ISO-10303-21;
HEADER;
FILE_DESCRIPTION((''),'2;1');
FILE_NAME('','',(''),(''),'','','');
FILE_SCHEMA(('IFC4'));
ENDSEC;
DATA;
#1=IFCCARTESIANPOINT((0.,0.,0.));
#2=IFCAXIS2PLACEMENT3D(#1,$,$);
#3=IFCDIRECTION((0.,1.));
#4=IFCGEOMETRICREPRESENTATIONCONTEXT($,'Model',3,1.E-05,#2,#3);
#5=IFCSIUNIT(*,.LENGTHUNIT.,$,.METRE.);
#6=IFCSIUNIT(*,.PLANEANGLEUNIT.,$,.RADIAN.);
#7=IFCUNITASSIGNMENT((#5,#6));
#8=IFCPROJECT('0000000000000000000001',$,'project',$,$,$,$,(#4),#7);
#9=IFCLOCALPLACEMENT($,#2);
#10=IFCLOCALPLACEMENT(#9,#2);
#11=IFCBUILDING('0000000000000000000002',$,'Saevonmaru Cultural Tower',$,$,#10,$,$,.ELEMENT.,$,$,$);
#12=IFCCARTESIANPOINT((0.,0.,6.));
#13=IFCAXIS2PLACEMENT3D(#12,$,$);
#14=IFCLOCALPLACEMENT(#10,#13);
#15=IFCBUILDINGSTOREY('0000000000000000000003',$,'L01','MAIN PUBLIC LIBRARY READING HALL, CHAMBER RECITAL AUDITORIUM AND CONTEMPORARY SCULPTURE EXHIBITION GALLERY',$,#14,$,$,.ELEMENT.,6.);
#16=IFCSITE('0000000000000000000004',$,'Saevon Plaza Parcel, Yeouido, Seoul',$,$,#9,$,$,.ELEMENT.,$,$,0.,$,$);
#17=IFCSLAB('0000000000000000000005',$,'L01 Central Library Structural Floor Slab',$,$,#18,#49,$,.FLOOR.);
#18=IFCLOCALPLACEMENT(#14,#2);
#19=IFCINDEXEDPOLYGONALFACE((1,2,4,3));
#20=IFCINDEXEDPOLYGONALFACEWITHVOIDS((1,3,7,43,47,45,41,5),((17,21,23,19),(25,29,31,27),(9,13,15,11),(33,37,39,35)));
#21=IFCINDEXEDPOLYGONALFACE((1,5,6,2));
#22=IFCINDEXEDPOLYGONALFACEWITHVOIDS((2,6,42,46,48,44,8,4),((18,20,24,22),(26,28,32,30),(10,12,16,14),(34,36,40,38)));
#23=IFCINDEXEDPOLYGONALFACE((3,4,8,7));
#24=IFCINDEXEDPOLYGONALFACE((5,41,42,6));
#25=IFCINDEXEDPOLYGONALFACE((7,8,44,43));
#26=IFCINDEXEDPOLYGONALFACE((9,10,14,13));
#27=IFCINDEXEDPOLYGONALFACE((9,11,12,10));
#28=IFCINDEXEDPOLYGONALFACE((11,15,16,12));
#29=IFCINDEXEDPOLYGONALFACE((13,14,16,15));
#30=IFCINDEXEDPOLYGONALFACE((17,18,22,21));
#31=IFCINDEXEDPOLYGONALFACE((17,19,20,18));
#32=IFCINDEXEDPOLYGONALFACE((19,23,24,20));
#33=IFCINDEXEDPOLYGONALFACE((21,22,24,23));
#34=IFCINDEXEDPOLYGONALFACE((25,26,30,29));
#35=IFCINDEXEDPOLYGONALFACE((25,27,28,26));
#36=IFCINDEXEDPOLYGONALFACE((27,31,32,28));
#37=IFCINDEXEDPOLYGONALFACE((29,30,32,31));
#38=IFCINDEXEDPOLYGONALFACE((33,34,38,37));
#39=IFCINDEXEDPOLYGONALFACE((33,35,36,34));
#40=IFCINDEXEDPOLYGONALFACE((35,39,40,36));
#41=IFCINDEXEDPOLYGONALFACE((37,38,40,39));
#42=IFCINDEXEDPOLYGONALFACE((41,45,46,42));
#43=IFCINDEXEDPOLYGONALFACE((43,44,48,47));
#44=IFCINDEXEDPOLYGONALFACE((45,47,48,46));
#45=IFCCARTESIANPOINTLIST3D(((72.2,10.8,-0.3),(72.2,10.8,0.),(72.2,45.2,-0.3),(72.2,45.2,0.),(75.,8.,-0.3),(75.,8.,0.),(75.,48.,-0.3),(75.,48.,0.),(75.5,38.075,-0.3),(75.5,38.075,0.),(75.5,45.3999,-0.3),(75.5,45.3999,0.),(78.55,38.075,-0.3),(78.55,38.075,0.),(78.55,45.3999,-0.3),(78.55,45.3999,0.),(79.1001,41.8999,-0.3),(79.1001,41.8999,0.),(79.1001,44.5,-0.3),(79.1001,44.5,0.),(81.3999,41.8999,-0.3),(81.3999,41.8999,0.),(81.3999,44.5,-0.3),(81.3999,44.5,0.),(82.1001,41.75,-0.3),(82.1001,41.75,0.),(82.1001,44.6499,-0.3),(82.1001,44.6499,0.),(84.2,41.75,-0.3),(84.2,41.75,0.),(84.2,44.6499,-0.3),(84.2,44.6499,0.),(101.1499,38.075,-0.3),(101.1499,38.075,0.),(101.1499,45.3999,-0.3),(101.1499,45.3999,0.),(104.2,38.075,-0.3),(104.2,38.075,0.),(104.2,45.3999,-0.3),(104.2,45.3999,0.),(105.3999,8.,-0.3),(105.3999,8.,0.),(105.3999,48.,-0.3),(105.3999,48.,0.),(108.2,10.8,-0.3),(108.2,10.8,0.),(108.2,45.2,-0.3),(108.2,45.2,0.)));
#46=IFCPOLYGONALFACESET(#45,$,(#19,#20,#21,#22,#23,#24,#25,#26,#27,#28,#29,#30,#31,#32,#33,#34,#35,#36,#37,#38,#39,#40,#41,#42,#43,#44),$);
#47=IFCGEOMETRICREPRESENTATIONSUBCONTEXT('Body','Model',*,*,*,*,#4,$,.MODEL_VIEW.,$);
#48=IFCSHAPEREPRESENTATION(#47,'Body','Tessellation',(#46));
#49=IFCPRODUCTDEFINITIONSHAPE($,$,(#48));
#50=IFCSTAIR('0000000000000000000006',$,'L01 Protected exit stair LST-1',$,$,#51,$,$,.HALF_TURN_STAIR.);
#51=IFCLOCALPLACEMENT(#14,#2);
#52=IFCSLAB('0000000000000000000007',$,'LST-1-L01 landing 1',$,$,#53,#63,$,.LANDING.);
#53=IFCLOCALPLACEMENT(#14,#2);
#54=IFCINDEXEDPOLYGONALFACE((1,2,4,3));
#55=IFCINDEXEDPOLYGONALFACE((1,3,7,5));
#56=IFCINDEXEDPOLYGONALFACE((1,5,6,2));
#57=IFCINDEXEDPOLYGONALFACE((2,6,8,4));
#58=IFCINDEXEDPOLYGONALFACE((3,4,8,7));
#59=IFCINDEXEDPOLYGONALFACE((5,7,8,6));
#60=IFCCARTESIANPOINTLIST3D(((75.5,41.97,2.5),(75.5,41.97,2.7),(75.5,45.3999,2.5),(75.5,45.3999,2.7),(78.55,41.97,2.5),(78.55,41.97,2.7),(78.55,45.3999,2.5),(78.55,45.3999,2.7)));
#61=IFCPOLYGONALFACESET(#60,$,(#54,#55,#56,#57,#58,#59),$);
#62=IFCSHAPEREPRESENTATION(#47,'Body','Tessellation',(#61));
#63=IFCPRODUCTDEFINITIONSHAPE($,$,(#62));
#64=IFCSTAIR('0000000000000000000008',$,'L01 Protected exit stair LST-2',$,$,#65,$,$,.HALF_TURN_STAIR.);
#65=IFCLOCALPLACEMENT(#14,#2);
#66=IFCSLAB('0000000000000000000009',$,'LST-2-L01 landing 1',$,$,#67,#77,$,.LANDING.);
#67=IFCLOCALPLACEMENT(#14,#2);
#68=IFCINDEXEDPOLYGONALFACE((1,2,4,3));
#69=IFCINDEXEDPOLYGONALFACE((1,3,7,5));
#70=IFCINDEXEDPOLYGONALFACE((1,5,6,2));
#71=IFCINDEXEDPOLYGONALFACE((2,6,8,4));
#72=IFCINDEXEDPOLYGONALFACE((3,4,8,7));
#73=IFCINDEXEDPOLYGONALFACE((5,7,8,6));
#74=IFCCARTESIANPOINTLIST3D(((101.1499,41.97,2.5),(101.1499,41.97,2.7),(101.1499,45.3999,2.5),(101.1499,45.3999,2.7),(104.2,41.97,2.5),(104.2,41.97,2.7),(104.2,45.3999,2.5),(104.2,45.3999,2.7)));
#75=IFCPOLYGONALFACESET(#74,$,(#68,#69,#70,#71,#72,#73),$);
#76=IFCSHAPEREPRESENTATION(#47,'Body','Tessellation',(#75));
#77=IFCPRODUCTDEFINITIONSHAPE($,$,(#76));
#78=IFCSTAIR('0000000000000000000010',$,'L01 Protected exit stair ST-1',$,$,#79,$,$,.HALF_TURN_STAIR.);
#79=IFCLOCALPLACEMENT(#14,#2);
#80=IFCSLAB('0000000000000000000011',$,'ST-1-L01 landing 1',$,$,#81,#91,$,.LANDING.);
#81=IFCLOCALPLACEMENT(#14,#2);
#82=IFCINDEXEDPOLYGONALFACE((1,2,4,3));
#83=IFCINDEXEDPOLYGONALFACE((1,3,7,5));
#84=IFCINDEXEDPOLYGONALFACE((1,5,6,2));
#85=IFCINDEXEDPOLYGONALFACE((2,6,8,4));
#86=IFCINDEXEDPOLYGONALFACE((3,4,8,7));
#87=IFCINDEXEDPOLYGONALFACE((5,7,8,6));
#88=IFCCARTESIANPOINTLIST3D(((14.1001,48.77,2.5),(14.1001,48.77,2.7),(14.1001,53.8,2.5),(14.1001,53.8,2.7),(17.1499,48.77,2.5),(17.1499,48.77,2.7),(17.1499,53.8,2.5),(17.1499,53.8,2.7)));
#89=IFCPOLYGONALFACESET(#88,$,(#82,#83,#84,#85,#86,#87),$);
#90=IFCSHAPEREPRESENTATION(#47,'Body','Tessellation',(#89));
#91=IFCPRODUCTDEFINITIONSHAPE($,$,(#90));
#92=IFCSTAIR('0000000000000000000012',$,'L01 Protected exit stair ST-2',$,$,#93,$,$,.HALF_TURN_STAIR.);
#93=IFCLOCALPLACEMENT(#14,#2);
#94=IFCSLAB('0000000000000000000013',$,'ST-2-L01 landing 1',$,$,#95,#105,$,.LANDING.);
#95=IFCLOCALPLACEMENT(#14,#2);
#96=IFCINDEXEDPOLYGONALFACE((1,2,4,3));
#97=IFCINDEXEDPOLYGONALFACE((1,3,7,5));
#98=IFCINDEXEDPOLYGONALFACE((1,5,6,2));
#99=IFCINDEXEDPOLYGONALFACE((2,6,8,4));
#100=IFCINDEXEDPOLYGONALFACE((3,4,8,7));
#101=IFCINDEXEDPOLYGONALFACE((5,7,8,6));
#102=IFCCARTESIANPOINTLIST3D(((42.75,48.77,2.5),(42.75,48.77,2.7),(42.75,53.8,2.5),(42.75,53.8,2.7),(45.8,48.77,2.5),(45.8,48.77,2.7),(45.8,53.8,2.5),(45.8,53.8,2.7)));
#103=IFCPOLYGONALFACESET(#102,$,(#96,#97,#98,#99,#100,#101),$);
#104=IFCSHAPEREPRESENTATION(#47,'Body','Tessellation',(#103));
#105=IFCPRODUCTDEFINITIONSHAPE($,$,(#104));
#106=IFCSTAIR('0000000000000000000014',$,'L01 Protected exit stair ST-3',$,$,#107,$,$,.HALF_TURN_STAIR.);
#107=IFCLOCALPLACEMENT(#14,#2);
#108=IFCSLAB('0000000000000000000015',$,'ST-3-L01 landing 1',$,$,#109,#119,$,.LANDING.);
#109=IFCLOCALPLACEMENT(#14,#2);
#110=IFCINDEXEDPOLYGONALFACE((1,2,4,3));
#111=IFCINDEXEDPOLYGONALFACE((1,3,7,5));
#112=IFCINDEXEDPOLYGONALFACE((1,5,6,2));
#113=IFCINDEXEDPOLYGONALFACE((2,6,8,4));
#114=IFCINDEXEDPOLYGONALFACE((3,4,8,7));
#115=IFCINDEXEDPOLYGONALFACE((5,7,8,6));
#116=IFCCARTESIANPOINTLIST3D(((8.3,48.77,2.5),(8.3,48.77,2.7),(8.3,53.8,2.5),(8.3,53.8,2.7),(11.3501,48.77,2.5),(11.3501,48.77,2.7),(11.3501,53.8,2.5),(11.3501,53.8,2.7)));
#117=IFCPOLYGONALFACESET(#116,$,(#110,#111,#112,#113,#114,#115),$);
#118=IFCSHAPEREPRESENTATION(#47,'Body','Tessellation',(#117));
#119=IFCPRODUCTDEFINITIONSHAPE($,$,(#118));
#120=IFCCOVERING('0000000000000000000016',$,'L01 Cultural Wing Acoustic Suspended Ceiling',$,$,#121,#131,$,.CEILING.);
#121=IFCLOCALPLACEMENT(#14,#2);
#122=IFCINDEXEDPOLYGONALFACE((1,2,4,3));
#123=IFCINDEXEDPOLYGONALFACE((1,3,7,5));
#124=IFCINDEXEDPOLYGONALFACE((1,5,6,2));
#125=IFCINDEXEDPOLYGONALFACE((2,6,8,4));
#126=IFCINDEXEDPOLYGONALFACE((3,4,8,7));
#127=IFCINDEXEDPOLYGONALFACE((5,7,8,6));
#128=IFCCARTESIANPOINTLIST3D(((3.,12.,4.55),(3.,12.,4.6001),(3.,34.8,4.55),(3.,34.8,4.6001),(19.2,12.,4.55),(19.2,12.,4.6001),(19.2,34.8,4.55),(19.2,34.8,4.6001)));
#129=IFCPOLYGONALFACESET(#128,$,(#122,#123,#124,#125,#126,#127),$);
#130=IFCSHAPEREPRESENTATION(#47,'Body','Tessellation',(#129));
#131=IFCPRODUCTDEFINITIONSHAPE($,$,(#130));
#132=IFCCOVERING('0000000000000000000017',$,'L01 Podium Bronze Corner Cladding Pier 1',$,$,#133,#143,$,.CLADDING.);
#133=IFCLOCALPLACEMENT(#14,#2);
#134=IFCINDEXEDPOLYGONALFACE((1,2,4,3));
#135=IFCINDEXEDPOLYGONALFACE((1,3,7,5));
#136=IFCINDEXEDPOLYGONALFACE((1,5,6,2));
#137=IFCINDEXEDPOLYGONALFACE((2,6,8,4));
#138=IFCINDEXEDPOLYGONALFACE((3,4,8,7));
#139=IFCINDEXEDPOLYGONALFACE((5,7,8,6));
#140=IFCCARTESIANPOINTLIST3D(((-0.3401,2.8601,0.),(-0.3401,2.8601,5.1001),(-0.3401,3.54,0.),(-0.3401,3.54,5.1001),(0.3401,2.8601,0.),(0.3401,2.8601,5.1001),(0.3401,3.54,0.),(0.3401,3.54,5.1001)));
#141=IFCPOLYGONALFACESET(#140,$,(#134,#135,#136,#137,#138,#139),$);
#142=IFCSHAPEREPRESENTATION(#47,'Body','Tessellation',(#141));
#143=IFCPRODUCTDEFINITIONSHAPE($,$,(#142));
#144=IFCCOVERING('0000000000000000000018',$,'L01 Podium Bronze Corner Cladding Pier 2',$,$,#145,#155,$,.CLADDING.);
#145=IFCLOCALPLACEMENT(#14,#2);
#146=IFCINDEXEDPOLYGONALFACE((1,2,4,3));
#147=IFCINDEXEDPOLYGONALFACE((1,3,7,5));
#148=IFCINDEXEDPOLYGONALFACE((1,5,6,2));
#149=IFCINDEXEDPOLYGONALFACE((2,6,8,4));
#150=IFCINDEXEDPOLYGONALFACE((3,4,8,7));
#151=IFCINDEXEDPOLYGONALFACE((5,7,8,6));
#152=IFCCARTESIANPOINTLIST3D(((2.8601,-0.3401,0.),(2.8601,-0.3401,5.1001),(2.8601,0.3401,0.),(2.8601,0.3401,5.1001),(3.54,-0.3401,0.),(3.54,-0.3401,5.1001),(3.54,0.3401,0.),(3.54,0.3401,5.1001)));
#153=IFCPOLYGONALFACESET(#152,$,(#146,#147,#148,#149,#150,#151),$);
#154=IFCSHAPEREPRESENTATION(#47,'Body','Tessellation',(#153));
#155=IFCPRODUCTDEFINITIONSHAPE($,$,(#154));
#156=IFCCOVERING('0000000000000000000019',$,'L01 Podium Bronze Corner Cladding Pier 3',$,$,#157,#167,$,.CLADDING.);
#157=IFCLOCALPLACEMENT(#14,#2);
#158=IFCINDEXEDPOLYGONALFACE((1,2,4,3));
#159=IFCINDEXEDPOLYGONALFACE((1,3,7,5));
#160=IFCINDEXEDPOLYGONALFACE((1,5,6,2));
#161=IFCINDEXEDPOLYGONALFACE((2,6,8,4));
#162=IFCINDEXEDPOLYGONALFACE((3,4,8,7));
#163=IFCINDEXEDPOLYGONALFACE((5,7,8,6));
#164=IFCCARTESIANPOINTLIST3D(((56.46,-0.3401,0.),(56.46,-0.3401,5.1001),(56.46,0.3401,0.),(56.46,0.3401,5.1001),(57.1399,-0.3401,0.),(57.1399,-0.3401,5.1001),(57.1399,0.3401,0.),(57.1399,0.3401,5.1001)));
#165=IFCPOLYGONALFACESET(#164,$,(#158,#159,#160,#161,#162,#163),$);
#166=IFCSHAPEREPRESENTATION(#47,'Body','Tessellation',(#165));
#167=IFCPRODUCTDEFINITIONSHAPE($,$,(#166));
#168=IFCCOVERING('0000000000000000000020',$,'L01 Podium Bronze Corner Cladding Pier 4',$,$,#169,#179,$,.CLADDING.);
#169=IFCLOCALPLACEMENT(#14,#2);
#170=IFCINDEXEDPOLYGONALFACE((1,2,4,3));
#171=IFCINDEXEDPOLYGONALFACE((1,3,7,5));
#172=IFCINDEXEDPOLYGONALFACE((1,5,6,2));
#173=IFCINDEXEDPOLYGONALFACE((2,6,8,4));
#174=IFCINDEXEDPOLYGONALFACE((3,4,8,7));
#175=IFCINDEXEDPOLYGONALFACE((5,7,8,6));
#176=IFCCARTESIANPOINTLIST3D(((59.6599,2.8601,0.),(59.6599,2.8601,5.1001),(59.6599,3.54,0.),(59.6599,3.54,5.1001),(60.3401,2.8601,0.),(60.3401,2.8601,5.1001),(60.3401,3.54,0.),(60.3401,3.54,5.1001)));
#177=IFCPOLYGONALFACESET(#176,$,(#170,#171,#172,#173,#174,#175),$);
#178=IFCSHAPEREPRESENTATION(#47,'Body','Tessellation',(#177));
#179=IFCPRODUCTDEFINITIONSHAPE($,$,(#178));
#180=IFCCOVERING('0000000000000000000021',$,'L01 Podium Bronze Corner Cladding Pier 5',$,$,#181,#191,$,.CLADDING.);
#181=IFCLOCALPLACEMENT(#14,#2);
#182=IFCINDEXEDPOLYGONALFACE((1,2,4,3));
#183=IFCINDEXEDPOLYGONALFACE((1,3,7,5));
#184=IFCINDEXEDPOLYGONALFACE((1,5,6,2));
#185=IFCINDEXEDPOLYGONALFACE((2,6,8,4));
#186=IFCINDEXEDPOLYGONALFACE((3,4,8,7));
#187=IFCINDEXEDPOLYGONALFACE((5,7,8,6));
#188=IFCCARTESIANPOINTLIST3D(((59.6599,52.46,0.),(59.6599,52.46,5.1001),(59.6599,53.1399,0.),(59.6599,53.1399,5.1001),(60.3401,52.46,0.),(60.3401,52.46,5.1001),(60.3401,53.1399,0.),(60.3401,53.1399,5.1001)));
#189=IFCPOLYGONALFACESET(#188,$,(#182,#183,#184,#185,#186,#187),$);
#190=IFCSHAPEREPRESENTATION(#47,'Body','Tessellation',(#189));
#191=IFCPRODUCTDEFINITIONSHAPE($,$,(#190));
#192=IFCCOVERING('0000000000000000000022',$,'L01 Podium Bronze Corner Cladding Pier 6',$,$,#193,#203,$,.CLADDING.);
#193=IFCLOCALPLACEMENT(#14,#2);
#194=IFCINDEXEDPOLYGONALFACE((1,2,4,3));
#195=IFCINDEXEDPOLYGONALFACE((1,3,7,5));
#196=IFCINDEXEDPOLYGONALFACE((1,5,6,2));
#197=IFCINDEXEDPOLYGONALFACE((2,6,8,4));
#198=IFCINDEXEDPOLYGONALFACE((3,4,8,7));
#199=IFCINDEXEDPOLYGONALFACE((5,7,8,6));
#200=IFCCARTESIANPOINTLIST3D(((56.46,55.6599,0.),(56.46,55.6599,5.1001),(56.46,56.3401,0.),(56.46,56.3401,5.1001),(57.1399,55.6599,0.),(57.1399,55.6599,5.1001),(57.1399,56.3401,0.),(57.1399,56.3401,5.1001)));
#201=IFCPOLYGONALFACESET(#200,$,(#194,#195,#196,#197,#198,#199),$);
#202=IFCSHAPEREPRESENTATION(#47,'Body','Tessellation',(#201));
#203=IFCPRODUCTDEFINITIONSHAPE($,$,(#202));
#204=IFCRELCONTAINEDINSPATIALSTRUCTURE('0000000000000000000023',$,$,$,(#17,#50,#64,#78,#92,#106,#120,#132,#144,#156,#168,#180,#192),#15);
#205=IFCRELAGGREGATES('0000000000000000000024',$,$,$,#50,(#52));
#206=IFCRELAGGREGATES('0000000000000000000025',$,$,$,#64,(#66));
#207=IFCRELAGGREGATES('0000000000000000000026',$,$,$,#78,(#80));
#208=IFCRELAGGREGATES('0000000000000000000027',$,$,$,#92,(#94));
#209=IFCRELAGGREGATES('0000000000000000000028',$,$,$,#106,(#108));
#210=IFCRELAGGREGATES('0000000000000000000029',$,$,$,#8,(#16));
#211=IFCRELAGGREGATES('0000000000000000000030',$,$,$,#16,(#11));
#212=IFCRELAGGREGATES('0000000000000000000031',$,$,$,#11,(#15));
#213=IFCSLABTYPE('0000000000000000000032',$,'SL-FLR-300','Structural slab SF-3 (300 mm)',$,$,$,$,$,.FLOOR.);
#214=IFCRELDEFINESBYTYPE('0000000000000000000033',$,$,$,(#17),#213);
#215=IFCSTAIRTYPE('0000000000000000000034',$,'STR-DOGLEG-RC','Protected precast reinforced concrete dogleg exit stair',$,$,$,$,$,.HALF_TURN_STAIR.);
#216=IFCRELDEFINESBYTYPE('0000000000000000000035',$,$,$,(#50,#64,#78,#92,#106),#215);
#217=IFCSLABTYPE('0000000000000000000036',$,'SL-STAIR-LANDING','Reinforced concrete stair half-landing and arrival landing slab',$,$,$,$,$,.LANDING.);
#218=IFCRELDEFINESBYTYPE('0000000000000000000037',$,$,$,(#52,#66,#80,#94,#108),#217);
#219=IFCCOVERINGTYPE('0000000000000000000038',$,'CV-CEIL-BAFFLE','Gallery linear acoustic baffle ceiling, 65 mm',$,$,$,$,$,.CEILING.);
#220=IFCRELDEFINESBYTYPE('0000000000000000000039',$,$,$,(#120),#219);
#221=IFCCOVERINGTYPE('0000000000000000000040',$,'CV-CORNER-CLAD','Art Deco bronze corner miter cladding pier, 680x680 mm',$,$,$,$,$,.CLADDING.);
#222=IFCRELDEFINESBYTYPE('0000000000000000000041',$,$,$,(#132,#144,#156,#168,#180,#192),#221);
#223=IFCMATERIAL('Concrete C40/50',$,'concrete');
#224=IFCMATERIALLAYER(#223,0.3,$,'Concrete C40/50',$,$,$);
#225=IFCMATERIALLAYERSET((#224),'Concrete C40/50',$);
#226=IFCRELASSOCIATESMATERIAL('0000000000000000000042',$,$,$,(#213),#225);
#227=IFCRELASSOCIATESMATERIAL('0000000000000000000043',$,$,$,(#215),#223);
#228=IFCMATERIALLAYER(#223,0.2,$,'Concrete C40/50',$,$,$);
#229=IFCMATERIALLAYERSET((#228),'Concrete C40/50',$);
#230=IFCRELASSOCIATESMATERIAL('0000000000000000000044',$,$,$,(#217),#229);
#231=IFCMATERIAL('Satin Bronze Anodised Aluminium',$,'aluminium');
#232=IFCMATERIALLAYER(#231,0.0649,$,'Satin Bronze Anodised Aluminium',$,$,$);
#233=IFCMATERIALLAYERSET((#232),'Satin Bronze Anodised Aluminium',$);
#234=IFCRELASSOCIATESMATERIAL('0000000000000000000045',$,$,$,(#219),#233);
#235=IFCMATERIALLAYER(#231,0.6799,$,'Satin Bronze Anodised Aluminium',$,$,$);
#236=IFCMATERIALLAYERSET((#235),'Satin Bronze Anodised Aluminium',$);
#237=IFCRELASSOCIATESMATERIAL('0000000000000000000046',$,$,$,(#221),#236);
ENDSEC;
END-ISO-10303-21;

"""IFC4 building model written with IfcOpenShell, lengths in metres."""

from ifc_helpers import new_model, si_unit, direction, frame, origin, place, context, subcontext, project, spatial, polyline, outline, extrude, material, layer, layer_set, type_object, element, aggregate, save


model = new_model("IFC4")

# Units and contexts
model_context = context("Model", 3, precision=1e-05, world=origin(), true_north=direction((0.0, 1.0)))
body_context = subcontext(model_context, "Body", "Model", "MODEL_VIEW")
ifc_project = project(units=[si_unit("LENGTHUNIT", "METRE"), si_unit("PLANEANGLEUNIT", "RADIAN")], contexts=[model_context])

# Site, building, storey
site_placement = place(None, origin())
site = spatial("IfcSite", under=ifc_project, at=site_placement, Name="Saevon Plaza Parcel, Yeouido, Seoul", CompositionType="ELEMENT", RefElevation=0.0)
building_placement = place(site_placement, origin())
building = spatial("IfcBuilding", under=site, at=building_placement, Name="Saevonmaru Cultural Tower", CompositionType="ELEMENT")
storey_placement = place(building_placement, frame((0.0, 0.0, 6.0)))
storey = spatial("IfcBuildingStorey", under=building, at=storey_placement, Name="L01", Description="MAIN PUBLIC LIBRARY READING HALL, CHAMBER RECITAL AUDITORIUM AND CONTEMPORARY SCULPTURE EXHIBITION GALLERY", CompositionType="ELEMENT", Elevation=6.0)

# Shared definitions
ifc_material_1 = material(Name="Satin Bronze Anodised Aluminium", Category="aluminium")

# Shared definitions
ifc_material_2 = material(Name="Concrete C40/50", Category="concrete")

# Slab
ifc_layer_1 = layer(ifc_material_2, 0.3, Name="Concrete C40/50")
ifc_layer_set_1 = layer_set([ifc_layer_1], Name="Concrete C40/50")
slab_type_1 = type_object("IfcSlabType", Name="SL-FLR-300", Description="Structural slab SF-3 (300 mm)", PredefinedType="FLOOR", material=ifc_layer_set_1)
slab_1_placement = place(storey_placement, frame((0.0, 0.0, -0.3)))
element("IfcSlab", 1, at=slab_1_placement, inside=storey, type_object=slab_type_1, Name="L01 Central Library Structural Floor Slab", PredefinedType="FLOOR", context=body_context, shape_type="SweptSolid", body=[
    extrude(outline(polyline([(72.2, 10.8), (75.0, 8.0), (105.3999, 8.0), (108.2, 10.8), (108.2, 45.2), (105.3999, 48.0), (75.0, 48.0), (72.2, 45.2), (72.2, 10.8)]), holes=[polyline([(101.1499, 45.3999), (104.2, 45.3999), (104.2, 38.075), (101.1499, 38.075), (101.1499, 45.3999)]), polyline([(84.2, 44.6499), (84.2, 41.75), (82.1001, 41.75), (82.1001, 44.6499), (84.2, 44.6499)]), polyline([(81.3999, 44.5), (81.3999, 41.8999), (79.1001, 41.8999), (79.1001, 44.5), (81.3999, 44.5)]), polyline([(75.5, 45.3999), (78.55, 45.3999), (78.55, 38.075), (75.5, 38.075), (75.5, 45.3999)])]), origin(), (0.0, 0.0, 1.0), 0.3),
])

# Stairs, slabs
stair_type = type_object("IfcStairType", Name="STR-DOGLEG-RC", Description="Protected precast reinforced concrete dogleg exit stair", PredefinedType="HALF_TURN_STAIR", material=ifc_material_2)
stair_1_placement = place(storey_placement, origin())
stair_1 = element("IfcStair", 2, at=stair_1_placement, inside=storey, type_object=stair_type, Name="L01 Protected exit stair LST-1", PredefinedType="HALF_TURN_STAIR")
ifc_layer_2 = layer(ifc_material_2, 0.2, Name="Concrete C40/50")
ifc_layer_set_2 = layer_set([ifc_layer_2], Name="Concrete C40/50")
slab_type_2 = type_object("IfcSlabType", Name="SL-STAIR-LANDING", Description="Reinforced concrete stair half-landing and arrival landing slab", PredefinedType="LANDING", material=ifc_layer_set_2)
slab_2_placement = place(storey_placement, frame((0.0, 0.0, 2.5)))
slab_2 = element("IfcSlab", 3, at=slab_2_placement, type_object=slab_type_2, Name="LST-1-L01 landing 1", PredefinedType="LANDING", context=body_context, shape_type="SweptSolid", body=[
    extrude(outline(polyline([(78.55, 41.97), (78.55, 45.3999), (75.5, 45.3999), (75.5, 41.97), (78.55, 41.97)])), origin(), (0.0, 0.0, 1.0), 0.2),
])
aggregate(stair_1, [slab_2])
stair_2_placement = place(storey_placement, origin())
stair_2 = element("IfcStair", 4, at=stair_2_placement, inside=storey, type_object=stair_type, Name="L01 Protected exit stair LST-2", PredefinedType="HALF_TURN_STAIR")
slab_3_placement = place(storey_placement, frame((0.0, 0.0, 2.5)))
slab_3 = element("IfcSlab", 5, at=slab_3_placement, type_object=slab_type_2, Name="LST-2-L01 landing 1", PredefinedType="LANDING", context=body_context, shape_type="SweptSolid", body=[
    extrude(outline(polyline([(104.2, 41.97), (104.2, 45.3999), (101.1499, 45.3999), (101.1499, 41.97), (104.2, 41.97)])), origin(), (0.0, 0.0, 1.0), 0.2),
])
aggregate(stair_2, [slab_3])
stair_3_placement = place(storey_placement, origin())
stair_3 = element("IfcStair", 6, at=stair_3_placement, inside=storey, type_object=stair_type, Name="L01 Protected exit stair ST-1", PredefinedType="HALF_TURN_STAIR")
slab_4_placement = place(storey_placement, frame((0.0, 0.0, 2.5)))
slab_4 = element("IfcSlab", 7, at=slab_4_placement, type_object=slab_type_2, Name="ST-1-L01 landing 1", PredefinedType="LANDING", context=body_context, shape_type="SweptSolid", body=[
    extrude(outline(polyline([(17.1499, 48.77), (17.1499, 53.8), (14.1001, 53.8), (14.1001, 48.77), (17.1499, 48.77)])), origin(), (0.0, 0.0, 1.0), 0.2),
])
aggregate(stair_3, [slab_4])
stair_4_placement = place(storey_placement, origin())
stair_4 = element("IfcStair", 8, at=stair_4_placement, inside=storey, type_object=stair_type, Name="L01 Protected exit stair ST-2", PredefinedType="HALF_TURN_STAIR")
slab_5_placement = place(storey_placement, frame((0.0, 0.0, 2.5)))
slab_5 = element("IfcSlab", 9, at=slab_5_placement, type_object=slab_type_2, Name="ST-2-L01 landing 1", PredefinedType="LANDING", context=body_context, shape_type="SweptSolid", body=[
    extrude(outline(polyline([(45.8, 48.77), (45.8, 53.8), (42.75, 53.8), (42.75, 48.77), (45.8, 48.77)])), origin(), (0.0, 0.0, 1.0), 0.2),
])
aggregate(stair_4, [slab_5])
stair_5_placement = place(storey_placement, origin())
stair_5 = element("IfcStair", 10, at=stair_5_placement, inside=storey, type_object=stair_type, Name="L01 Protected exit stair ST-3", PredefinedType="HALF_TURN_STAIR")
slab_6_placement = place(storey_placement, frame((0.0, 0.0, 2.5)))
slab_6 = element("IfcSlab", 11, at=slab_6_placement, type_object=slab_type_2, Name="ST-3-L01 landing 1", PredefinedType="LANDING", context=body_context, shape_type="SweptSolid", body=[
    extrude(outline(polyline([(11.3501, 48.77), (11.3501, 53.8), (8.3, 53.8), (8.3, 48.77), (11.3501, 48.77)])), origin(), (0.0, 0.0, 1.0), 0.2),
])
aggregate(stair_5, [slab_6])

# Coverings
ifc_layer_3 = layer(ifc_material_1, 0.0649, Name="Satin Bronze Anodised Aluminium")
ifc_layer_set_3 = layer_set([ifc_layer_3], Name="Satin Bronze Anodised Aluminium")
covering_type_1 = type_object("IfcCoveringType", Name="CV-CEIL-BAFFLE", Description="Gallery linear acoustic baffle ceiling, 65 mm", PredefinedType="CEILING", material=ifc_layer_set_3)
covering_1_placement = place(storey_placement, frame((0.0, 0.0, 4.55)))
element("IfcCovering", 12, at=covering_1_placement, inside=storey, type_object=covering_type_1, Name="L01 Cultural Wing Acoustic Suspended Ceiling", PredefinedType="CEILING", context=body_context, shape_type="SweptSolid", body=[
    extrude(outline(polyline([(3.0, 12.0), (19.2, 12.0), (19.2, 34.8), (3.0, 34.8), (3.0, 12.0)])), origin(), (0.0, 0.0, 1.0), 0.05),
])
ifc_layer_4 = layer(ifc_material_1, 0.6799, Name="Satin Bronze Anodised Aluminium")
ifc_layer_set_4 = layer_set([ifc_layer_4], Name="Satin Bronze Anodised Aluminium")
covering_type_2 = type_object("IfcCoveringType", Name="CV-CORNER-CLAD", Description="Art Deco bronze corner miter cladding pier, 680x680 mm", PredefinedType="CLADDING", material=ifc_layer_set_4)
covering_2_placement = place(storey_placement, origin())
element("IfcCovering", 13, at=covering_2_placement, inside=storey, type_object=covering_type_2, Name="L01 Podium Bronze Corner Cladding Pier 1", PredefinedType="CLADDING", context=body_context, shape_type="SweptSolid", body=[
    extrude(outline(polyline([(-0.3401, 2.8601), (0.3401, 2.8601), (0.3401, 3.54), (-0.3401, 3.54), (-0.3401, 2.8601)])), origin(), (0.0, 0.0, 1.0), 5.1001),
])
covering_3_placement = place(storey_placement, origin())
element("IfcCovering", 14, at=covering_3_placement, inside=storey, type_object=covering_type_2, Name="L01 Podium Bronze Corner Cladding Pier 2", PredefinedType="CLADDING", context=body_context, shape_type="SweptSolid", body=[
    extrude(outline(polyline([(2.8601, -0.3401), (3.54, -0.3401), (3.54, 0.3401), (2.8601, 0.3401), (2.8601, -0.3401)])), origin(), (0.0, 0.0, 1.0), 5.1001),
])
covering_4_placement = place(storey_placement, origin())
element("IfcCovering", 15, at=covering_4_placement, inside=storey, type_object=covering_type_2, Name="L01 Podium Bronze Corner Cladding Pier 3", PredefinedType="CLADDING", context=body_context, shape_type="SweptSolid", body=[
    extrude(outline(polyline([(56.46, -0.3401), (57.1399, -0.3401), (57.1399, 0.3401), (56.46, 0.3401), (56.46, -0.3401)])), origin(), (0.0, 0.0, 1.0), 5.1001),
])
covering_5_placement = place(storey_placement, origin())
element("IfcCovering", 16, at=covering_5_placement, inside=storey, type_object=covering_type_2, Name="L01 Podium Bronze Corner Cladding Pier 4", PredefinedType="CLADDING", context=body_context, shape_type="SweptSolid", body=[
    extrude(outline(polyline([(59.6599, 2.8601), (60.3401, 2.8601), (60.3401, 3.54), (59.6599, 3.54), (59.6599, 2.8601)])), origin(), (0.0, 0.0, 1.0), 5.1001),
])
covering_6_placement = place(storey_placement, origin())
element("IfcCovering", 17, at=covering_6_placement, inside=storey, type_object=covering_type_2, Name="L01 Podium Bronze Corner Cladding Pier 5", PredefinedType="CLADDING", context=body_context, shape_type="SweptSolid", body=[
    extrude(outline(polyline([(59.6599, 52.46), (60.3401, 52.46), (60.3401, 53.1399), (59.6599, 53.1399), (59.6599, 52.46)])), origin(), (0.0, 0.0, 1.0), 5.1001),
])
covering_7_placement = place(storey_placement, origin())
element("IfcCovering", 18, at=covering_7_placement, inside=storey, type_object=covering_type_2, Name="L01 Podium Bronze Corner Cladding Pier 6", PredefinedType="CLADDING", context=body_context, shape_type="SweptSolid", body=[
    extrude(outline(polyline([(56.46, 55.6599), (57.1399, 55.6599), (57.1399, 56.3401), (56.46, 56.3401), (56.46, 55.6599)])), origin(), (0.0, 0.0, 1.0), 5.1001),
])

save(model, "model.ifc")
